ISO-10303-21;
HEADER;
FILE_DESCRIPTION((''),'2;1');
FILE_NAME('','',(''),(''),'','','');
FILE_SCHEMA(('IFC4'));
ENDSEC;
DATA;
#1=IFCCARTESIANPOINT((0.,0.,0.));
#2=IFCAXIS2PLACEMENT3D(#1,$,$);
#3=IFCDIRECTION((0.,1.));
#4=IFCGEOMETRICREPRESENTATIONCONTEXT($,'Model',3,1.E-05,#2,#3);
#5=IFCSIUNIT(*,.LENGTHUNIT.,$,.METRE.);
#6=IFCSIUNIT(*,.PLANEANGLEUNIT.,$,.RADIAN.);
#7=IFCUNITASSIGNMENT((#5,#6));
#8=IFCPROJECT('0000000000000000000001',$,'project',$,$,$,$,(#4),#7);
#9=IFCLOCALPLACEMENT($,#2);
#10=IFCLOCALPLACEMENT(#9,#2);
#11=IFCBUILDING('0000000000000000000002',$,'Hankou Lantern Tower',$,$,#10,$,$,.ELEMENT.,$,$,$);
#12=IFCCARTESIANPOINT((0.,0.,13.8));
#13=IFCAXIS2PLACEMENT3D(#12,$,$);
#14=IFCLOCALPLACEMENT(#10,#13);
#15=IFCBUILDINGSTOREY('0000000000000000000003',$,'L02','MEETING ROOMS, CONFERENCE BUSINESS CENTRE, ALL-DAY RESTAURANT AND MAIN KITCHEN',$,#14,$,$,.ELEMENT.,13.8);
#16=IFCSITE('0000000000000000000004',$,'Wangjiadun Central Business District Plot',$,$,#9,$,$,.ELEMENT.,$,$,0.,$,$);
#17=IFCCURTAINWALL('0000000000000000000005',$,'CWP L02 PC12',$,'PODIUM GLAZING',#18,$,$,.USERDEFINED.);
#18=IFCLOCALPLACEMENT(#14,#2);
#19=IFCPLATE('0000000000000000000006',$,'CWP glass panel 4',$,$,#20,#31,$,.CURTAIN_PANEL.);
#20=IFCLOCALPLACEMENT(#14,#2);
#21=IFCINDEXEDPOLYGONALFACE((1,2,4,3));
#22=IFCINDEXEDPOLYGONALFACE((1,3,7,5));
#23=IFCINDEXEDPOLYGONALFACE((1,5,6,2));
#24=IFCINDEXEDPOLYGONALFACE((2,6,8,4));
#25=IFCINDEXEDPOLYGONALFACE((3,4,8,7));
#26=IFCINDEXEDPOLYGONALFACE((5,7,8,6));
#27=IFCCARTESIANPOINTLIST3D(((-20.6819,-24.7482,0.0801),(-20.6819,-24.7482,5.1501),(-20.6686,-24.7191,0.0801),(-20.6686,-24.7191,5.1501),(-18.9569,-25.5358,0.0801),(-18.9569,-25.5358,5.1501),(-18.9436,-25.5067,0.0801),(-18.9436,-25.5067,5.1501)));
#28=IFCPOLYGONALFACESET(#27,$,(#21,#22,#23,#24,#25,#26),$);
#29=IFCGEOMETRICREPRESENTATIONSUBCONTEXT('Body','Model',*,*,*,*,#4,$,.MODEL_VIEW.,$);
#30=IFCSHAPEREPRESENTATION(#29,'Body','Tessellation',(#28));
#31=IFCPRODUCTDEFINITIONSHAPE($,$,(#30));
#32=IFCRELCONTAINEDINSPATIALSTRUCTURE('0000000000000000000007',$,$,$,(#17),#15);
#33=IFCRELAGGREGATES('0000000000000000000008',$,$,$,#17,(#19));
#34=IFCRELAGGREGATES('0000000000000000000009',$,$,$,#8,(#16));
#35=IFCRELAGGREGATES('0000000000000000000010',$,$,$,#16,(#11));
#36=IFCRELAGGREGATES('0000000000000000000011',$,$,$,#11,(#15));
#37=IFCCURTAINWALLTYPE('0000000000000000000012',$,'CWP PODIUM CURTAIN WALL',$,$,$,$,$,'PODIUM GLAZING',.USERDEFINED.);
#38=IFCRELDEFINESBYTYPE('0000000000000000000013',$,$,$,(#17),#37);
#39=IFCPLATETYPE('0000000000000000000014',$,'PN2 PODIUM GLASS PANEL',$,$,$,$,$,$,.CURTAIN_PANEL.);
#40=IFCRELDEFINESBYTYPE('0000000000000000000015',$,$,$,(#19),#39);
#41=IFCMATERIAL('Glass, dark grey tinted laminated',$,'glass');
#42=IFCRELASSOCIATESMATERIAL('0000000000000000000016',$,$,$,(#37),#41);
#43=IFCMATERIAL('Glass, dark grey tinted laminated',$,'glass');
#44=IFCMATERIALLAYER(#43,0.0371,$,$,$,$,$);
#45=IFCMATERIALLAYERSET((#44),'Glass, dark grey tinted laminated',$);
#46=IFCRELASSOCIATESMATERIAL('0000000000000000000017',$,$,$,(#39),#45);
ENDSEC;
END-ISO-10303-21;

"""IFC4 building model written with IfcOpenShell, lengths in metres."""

from ifc_helpers import new_model, si_unit, direction, frame, origin, origin_2d, place, context, subcontext, project, spatial, rectangle, extrude, material, layer, layer_set, type_object, element, aggregate, save


model = new_model("IFC4")

# Units and contexts
model_context = context("Model", 3, precision=1e-05, world=origin(), true_north=direction((0.0, 1.0)))
body_context = subcontext(model_context, "Body", "Model", "MODEL_VIEW")
ifc_project = project(units=[si_unit("LENGTHUNIT", "METRE"), si_unit("PLANEANGLEUNIT", "RADIAN")], contexts=[model_context])

# Site, building, storey
site_placement = place(None, origin())
site = spatial("IfcSite", under=ifc_project, at=site_placement, Name="Wangjiadun Central Business District Plot", CompositionType="ELEMENT", RefElevation=0.0)
building_placement = place(site_placement, origin())
building = spatial("IfcBuilding", under=site, at=building_placement, Name="Hankou Lantern Tower", CompositionType="ELEMENT")
storey_placement = place(building_placement, frame((0.0, 0.0, 13.8)))
storey = spatial("IfcBuildingStorey", under=building, at=storey_placement, Name="L02", Description="MEETING ROOMS, CONFERENCE BUSINESS CENTRE, ALL-DAY RESTAURANT AND MAIN KITCHEN", CompositionType="ELEMENT", Elevation=13.8)

# Curtain wall
ifc_material_1 = material(Name="Glass, dark grey tinted laminated", Category="glass")
curtain_wall_type = type_object("IfcCurtainWallType", Name="CWP PODIUM CURTAIN WALL", ElementType="PODIUM GLAZING", PredefinedType="USERDEFINED", material=ifc_material_1)
curtain_wall_placement = place(storey_placement, origin())
curtain_wall = element("IfcCurtainWall", 1, at=curtain_wall_placement, inside=storey, type_object=curtain_wall_type, Name="CWP L02 PC12", ObjectType="PODIUM GLAZING", PredefinedType="USERDEFINED")

# Plate
ifc_material_2 = material(Name="Glass, dark grey tinted laminated", Category="glass")
ifc_layer = layer(ifc_material_2, 0.0371)
ifc_layer_set = layer_set([ifc_layer], Name="Glass, dark grey tinted laminated")
plate_type = type_object("IfcPlateType", Name="PN2 PODIUM GLASS PANEL", PredefinedType="CURTAIN_PANEL", material=ifc_layer_set)
plate_1_placement = place(storey_placement, frame((-19.8127, -25.1274, 0.0801), z_axis=(0.0, 0.0, 1.0), x_axis=(0.90967, -0.415332, 0.0)))
plate_1 = element("IfcPlate", 2, at=plate_1_placement, type_object=plate_type, Name="CWP glass panel 4", PredefinedType="CURTAIN_PANEL", context=body_context, shape_type="SweptSolid", body=[
    extrude(rectangle(XDim=1.8962, YDim=0.032, at=origin_2d()), origin(), (0.0, 0.0, 1.0), 5.0701),
])
aggregate(curtain_wall, [plate_1])

save(model, "model.ifc")
